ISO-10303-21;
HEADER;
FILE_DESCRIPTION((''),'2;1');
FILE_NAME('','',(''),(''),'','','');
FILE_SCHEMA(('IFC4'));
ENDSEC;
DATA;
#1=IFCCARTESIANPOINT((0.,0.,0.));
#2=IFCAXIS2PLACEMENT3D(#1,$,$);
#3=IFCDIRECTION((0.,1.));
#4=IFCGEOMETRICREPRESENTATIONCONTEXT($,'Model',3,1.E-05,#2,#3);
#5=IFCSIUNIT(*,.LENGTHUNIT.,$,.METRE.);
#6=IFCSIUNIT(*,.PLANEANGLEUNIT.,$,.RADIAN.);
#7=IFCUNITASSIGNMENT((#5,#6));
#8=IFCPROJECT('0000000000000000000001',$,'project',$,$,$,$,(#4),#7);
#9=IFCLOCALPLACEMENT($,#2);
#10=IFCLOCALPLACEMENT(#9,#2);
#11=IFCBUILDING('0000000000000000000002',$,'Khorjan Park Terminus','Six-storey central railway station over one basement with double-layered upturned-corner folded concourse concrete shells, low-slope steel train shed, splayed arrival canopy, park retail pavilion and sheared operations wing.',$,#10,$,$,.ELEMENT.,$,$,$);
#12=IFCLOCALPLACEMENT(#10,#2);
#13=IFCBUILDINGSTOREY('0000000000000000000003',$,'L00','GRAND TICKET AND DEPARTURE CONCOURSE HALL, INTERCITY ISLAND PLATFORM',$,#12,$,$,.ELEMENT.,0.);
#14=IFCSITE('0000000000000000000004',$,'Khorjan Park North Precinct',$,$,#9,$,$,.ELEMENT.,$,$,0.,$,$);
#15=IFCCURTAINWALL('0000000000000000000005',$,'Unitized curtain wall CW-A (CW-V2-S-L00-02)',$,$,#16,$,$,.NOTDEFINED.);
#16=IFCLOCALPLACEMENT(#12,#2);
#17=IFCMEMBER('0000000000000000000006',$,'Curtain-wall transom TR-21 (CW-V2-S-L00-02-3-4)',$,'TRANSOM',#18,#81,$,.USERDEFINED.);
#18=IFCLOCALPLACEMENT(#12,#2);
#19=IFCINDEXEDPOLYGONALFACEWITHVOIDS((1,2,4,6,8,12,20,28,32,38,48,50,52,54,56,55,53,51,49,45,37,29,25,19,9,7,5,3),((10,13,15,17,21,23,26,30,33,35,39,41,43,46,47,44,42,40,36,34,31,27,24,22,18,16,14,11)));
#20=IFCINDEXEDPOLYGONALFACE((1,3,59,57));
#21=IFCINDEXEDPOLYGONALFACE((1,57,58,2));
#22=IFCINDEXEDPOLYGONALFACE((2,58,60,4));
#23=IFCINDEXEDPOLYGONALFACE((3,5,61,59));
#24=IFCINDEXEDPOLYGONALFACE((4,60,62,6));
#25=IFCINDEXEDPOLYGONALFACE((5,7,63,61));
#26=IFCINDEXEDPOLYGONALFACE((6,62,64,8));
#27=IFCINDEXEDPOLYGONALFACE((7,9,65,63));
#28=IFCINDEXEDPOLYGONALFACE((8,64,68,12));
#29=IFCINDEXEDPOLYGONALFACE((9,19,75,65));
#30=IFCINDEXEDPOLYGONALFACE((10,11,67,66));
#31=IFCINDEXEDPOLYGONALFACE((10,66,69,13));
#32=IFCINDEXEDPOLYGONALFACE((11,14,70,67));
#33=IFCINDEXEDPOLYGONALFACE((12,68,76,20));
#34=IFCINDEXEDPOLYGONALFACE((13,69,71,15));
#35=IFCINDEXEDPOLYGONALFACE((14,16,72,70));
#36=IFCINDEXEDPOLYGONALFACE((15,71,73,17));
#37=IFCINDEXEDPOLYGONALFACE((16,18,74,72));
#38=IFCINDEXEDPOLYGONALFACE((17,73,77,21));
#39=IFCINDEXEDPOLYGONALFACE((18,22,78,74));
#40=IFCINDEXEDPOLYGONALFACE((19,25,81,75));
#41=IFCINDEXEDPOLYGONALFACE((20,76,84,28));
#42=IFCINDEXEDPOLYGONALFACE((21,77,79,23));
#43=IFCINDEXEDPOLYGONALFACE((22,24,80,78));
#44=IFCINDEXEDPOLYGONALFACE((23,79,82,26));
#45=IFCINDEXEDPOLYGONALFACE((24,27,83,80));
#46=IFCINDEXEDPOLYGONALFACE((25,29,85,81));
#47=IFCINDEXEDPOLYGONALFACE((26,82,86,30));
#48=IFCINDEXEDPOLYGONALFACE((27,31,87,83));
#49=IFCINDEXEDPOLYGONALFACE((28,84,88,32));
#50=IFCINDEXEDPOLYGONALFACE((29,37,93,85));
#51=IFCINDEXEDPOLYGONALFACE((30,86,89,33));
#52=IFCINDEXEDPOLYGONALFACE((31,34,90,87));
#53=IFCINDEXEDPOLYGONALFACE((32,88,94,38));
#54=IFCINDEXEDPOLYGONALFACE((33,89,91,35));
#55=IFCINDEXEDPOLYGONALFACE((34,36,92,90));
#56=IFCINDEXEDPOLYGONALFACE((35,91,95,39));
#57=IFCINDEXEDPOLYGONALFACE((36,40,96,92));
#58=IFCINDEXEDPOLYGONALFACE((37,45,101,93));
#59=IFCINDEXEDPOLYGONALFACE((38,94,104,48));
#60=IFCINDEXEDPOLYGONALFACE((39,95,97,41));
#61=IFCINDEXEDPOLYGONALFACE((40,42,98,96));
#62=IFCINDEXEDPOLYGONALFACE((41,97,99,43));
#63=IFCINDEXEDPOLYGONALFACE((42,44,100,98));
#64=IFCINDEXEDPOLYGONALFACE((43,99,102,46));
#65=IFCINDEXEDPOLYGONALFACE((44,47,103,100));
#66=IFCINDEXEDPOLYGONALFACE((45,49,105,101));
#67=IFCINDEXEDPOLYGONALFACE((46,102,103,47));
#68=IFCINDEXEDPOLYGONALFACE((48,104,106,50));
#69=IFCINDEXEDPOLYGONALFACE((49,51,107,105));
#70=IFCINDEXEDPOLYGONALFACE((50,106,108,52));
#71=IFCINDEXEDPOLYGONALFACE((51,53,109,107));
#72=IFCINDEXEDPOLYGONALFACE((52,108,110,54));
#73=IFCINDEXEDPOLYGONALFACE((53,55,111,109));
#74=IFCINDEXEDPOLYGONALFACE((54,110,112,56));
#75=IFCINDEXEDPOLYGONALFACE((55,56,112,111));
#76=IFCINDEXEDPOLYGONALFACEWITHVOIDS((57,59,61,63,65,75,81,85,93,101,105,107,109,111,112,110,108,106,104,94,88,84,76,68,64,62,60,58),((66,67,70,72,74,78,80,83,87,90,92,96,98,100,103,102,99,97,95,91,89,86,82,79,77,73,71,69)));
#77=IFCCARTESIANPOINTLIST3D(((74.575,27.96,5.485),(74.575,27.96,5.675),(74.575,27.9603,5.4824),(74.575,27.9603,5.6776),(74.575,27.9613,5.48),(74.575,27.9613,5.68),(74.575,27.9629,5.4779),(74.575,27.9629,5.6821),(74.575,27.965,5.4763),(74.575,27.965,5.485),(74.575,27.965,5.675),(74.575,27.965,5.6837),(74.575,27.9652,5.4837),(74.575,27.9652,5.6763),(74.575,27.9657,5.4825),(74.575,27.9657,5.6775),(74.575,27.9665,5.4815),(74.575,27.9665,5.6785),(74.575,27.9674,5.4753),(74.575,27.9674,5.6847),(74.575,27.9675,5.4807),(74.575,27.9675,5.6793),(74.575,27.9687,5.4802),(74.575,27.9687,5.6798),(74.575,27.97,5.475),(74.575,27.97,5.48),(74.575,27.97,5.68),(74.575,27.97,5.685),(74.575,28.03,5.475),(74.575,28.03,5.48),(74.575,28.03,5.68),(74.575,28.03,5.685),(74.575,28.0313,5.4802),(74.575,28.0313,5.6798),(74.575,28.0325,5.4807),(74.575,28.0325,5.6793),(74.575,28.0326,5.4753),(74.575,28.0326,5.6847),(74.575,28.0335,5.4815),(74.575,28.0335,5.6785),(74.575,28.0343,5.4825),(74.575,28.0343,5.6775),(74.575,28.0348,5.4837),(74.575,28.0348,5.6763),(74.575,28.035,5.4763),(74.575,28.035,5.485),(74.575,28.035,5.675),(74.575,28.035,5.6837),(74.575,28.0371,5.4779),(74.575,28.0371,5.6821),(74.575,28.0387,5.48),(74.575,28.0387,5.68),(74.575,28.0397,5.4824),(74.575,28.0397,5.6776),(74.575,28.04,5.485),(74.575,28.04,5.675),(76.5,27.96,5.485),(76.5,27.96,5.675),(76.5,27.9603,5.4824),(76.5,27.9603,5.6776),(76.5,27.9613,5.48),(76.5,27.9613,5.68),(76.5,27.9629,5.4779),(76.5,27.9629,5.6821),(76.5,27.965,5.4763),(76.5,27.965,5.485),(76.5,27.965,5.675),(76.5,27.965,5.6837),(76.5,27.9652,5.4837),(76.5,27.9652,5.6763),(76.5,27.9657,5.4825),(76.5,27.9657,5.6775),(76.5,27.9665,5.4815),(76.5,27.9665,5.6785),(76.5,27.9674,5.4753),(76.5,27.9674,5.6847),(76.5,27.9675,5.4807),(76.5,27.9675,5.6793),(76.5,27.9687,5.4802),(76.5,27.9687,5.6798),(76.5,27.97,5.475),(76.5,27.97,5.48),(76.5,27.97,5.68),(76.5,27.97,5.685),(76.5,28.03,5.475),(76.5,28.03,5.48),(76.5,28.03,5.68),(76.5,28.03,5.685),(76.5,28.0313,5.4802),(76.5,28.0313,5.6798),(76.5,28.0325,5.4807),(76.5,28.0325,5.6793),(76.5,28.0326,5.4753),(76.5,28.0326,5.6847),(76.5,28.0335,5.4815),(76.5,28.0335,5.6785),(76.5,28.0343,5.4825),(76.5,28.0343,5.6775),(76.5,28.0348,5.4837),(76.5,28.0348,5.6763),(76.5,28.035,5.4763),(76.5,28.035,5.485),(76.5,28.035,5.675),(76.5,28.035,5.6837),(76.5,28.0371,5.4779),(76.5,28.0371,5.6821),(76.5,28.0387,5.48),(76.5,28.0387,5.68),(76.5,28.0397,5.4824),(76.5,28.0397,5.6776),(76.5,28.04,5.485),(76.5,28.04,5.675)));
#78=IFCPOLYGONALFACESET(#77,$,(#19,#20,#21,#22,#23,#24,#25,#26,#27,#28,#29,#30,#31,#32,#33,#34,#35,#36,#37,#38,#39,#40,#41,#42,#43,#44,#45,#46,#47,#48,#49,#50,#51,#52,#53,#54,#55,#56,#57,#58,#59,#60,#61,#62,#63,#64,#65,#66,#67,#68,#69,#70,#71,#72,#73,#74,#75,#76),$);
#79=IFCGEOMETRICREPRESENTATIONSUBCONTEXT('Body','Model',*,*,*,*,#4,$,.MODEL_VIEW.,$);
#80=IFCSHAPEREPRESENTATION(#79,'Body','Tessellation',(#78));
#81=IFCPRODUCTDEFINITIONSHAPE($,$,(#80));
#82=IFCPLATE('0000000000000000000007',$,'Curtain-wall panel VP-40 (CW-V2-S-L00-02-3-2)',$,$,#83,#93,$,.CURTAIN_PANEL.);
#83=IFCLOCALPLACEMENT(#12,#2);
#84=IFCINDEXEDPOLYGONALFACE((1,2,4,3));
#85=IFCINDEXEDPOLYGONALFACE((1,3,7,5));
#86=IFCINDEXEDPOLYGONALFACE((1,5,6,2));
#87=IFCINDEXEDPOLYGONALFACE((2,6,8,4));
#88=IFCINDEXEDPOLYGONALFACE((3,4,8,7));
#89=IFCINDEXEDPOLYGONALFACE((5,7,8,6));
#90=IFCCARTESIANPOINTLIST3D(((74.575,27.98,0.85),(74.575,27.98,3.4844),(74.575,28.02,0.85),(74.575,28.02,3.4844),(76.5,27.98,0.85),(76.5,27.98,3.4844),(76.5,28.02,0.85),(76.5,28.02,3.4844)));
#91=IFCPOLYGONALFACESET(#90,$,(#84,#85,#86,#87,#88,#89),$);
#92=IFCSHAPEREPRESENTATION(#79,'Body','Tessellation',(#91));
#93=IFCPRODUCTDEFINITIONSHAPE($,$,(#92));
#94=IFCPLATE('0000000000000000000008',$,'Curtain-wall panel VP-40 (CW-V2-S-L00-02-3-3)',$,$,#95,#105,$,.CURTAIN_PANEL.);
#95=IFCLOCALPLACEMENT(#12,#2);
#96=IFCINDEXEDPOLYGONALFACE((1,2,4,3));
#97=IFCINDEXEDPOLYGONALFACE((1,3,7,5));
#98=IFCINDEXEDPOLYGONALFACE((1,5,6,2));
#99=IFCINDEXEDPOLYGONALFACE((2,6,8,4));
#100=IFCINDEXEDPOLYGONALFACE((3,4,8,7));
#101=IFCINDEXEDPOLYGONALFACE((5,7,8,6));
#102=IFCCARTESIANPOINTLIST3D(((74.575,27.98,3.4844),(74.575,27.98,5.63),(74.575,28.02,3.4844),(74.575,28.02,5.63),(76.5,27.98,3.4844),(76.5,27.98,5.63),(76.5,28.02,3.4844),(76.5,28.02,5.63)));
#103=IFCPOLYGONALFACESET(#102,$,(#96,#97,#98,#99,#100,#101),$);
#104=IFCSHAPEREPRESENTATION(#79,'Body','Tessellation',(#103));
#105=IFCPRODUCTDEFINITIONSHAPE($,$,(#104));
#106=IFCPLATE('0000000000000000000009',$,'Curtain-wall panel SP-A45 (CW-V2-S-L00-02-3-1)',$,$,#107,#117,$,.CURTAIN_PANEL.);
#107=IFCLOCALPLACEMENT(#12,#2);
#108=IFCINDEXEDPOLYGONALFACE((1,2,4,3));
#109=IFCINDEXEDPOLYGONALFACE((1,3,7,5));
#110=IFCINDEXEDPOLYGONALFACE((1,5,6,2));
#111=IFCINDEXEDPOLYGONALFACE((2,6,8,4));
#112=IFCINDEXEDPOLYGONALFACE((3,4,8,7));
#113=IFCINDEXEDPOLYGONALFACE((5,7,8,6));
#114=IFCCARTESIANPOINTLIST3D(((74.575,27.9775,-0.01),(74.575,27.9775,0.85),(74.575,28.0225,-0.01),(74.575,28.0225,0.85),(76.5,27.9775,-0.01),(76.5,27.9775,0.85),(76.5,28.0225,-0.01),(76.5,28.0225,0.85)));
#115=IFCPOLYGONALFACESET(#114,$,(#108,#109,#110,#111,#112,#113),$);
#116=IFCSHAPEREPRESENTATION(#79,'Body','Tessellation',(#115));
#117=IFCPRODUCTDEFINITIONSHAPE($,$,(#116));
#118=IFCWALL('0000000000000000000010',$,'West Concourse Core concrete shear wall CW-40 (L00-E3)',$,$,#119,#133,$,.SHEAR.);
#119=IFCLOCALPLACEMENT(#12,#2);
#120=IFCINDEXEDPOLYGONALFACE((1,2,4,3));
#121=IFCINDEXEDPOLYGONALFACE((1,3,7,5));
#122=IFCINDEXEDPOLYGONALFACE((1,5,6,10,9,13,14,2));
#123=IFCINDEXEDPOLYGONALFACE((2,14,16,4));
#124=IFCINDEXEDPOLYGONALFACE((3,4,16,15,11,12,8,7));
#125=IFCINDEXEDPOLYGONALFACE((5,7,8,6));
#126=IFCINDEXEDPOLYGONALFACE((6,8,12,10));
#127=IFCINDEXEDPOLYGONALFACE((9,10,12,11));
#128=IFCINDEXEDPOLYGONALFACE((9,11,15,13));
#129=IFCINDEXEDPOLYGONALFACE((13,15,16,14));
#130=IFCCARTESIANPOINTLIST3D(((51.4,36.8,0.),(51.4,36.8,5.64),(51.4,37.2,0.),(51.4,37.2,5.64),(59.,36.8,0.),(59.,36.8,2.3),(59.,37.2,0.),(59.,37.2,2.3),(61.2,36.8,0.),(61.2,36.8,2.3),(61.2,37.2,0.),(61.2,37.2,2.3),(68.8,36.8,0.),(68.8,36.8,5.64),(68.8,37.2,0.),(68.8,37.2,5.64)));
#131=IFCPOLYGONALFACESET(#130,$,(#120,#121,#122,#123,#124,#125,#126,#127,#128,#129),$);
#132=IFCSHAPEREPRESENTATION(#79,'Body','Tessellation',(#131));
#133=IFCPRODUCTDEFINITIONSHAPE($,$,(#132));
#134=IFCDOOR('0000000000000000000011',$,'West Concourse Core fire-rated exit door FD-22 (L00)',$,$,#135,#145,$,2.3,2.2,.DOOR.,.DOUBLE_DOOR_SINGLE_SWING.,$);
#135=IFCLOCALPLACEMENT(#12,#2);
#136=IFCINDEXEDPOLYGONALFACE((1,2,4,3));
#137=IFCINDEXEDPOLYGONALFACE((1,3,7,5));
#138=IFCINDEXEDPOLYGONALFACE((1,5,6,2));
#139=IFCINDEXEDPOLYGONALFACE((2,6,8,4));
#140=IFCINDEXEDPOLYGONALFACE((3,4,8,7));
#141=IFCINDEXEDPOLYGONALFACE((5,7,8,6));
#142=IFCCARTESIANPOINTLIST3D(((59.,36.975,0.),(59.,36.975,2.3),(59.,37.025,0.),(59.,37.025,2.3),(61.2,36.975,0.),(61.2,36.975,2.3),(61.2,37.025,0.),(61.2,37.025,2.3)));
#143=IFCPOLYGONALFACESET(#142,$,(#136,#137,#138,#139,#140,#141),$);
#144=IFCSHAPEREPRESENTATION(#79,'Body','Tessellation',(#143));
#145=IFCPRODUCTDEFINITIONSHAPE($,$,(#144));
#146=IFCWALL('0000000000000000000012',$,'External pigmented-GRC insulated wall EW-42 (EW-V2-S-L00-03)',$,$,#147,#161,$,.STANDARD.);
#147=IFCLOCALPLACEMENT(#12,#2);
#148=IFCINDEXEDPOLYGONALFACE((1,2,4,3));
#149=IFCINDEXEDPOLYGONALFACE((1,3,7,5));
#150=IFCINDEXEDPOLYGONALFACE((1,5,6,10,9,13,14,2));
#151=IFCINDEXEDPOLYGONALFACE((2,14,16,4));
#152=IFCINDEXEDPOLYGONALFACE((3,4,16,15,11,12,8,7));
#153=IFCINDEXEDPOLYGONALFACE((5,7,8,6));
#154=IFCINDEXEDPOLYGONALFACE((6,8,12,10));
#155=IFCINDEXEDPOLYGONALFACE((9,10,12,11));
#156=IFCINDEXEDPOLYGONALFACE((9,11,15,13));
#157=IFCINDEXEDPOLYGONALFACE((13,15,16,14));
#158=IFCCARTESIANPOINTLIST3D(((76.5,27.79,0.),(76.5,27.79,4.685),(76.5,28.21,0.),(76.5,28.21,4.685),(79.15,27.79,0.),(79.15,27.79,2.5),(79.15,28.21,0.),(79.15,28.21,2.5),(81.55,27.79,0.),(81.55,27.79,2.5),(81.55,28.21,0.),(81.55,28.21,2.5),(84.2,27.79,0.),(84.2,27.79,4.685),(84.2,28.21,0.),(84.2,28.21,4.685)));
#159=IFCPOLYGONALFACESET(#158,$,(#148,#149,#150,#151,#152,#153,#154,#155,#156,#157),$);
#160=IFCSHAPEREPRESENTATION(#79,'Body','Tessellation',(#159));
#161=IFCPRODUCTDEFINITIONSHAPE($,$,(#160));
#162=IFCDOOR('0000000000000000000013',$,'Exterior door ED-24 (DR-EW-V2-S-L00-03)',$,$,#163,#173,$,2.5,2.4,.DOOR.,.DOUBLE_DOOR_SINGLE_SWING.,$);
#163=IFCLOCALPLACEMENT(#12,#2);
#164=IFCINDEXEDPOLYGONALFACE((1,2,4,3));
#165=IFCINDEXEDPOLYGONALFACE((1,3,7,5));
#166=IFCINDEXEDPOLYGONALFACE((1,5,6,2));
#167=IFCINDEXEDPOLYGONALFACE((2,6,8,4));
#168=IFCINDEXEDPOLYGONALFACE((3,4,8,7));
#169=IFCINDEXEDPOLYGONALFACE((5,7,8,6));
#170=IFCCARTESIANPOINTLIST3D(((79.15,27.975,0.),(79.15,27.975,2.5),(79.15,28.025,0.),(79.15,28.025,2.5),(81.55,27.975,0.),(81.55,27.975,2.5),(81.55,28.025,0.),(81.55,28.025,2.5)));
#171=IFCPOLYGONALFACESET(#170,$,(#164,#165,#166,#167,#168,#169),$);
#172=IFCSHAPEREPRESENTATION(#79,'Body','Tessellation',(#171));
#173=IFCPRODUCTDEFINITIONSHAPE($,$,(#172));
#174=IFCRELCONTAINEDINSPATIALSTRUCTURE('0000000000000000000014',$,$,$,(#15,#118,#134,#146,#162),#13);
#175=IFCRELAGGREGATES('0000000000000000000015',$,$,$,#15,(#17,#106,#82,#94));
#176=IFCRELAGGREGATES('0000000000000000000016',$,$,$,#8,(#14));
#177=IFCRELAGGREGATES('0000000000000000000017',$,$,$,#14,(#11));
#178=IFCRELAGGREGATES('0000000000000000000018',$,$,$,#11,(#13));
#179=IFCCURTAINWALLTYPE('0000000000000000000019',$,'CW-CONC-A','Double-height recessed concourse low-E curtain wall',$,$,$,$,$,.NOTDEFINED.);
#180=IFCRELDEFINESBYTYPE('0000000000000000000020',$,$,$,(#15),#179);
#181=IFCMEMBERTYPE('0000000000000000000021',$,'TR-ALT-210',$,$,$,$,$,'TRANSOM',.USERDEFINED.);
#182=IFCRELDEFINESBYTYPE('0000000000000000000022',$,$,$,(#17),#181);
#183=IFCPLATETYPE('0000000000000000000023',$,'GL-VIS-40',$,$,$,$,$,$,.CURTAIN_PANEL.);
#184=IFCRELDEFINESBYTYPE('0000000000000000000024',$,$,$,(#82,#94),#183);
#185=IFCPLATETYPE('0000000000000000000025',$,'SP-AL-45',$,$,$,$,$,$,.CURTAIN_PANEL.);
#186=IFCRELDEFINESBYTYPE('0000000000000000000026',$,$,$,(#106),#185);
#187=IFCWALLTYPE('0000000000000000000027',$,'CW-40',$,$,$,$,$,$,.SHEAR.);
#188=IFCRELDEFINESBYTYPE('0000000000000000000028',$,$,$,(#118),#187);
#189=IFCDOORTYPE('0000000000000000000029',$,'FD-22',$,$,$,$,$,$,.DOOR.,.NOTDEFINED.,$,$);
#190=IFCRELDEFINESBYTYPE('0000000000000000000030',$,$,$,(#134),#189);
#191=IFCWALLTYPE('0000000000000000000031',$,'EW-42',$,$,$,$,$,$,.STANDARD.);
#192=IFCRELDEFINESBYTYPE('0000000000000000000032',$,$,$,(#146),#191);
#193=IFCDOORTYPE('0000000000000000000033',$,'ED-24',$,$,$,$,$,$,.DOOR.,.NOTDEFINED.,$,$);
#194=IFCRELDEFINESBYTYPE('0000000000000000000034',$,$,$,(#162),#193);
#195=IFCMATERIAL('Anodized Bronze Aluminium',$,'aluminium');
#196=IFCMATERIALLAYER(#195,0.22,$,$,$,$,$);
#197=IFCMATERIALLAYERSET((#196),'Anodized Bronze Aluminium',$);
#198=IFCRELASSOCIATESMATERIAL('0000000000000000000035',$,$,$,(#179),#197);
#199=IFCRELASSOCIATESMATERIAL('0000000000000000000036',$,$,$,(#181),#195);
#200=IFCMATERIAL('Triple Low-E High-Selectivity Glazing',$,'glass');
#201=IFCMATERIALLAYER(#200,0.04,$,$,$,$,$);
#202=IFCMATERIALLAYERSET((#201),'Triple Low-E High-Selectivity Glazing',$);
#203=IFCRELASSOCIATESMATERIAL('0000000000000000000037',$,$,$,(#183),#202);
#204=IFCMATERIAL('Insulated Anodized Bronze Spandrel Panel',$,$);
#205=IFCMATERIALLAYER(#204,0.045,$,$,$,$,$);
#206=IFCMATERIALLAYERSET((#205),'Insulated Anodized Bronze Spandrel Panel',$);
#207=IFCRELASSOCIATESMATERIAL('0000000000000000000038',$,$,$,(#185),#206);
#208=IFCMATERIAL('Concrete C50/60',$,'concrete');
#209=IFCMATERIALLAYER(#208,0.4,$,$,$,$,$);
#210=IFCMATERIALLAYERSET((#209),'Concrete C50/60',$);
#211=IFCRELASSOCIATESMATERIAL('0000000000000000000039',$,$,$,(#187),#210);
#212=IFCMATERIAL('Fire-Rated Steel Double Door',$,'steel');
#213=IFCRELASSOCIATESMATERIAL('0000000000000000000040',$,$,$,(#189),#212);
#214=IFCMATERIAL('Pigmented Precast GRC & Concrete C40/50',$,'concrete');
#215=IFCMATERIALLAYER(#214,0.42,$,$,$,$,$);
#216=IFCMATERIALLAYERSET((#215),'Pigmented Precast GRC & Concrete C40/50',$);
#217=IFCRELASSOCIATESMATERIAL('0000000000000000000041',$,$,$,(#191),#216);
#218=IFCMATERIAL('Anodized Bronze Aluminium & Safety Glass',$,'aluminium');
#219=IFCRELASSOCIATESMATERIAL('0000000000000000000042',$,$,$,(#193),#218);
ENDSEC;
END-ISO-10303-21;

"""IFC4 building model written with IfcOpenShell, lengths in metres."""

from ifc_helpers import new_model, si_unit, direction, frame, frame_2d, origin, origin_2d, place, context, subcontext, project, spatial, rectangle, hollow_rectangle, extrude, material, layer, layer_set, material_profile, profile_set, type_object, element, fill, aggregate, save


model = new_model("IFC4")

# Units and contexts
model_context = context("Model", 3, precision=1e-05, world=origin(), true_north=direction((0.0, 1.0)))
body_context = subcontext(model_context, "Body", "Model", "MODEL_VIEW")
ifc_project = project(units=[si_unit("LENGTHUNIT", "METRE"), si_unit("PLANEANGLEUNIT", "RADIAN")], contexts=[model_context])

# Site, building, storey
site_placement = place(None, origin())
site = spatial("IfcSite", under=ifc_project, at=site_placement, Name="Khorjan Park North Precinct", CompositionType="ELEMENT", RefElevation=0.0)
building_placement = place(site_placement, origin())
building = spatial("IfcBuilding", under=site, at=building_placement, Name="Khorjan Park Terminus", Description="Six-storey central railway station over one basement with double-layered upturned-corner folded concourse concrete shells, low-slope steel train shed, splayed arrival canopy, park retail pavilion and sheared operations wing.", CompositionType="ELEMENT")
storey_placement = place(building_placement, origin())
storey = spatial("IfcBuildingStorey", under=building, at=storey_placement, Name="L00", Description="GRAND TICKET AND DEPARTURE CONCOURSE HALL, INTERCITY ISLAND PLATFORM", CompositionType="ELEMENT", Elevation=0.0)

# Shared definitions
ifc_material_1 = material(Name="Concrete C50/60", Category="concrete")

# Curtain wall, member, plates
ifc_material_2 = material(Name="Anodized Bronze Aluminium", Category="aluminium")
ifc_layer_1 = layer(ifc_material_2, 0.22)
ifc_layer_set_1 = layer_set([ifc_layer_1], Name="Anodized Bronze Aluminium")
curtain_wall_type = type_object("IfcCurtainWallType", Name="CW-CONC-A", Description="Double-height recessed concourse low-E curtain wall", PredefinedType="NOTDEFINED", material=ifc_layer_set_1)
curtain_wall_placement = place(storey_placement, origin())
curtain_wall = element("IfcCurtainWall", 1, at=curtain_wall_placement, inside=storey, type_object=curtain_wall_type, Name="Unitized curtain wall CW-A (CW-V2-S-L00-02)", PredefinedType="NOTDEFINED")
ifc_material_profile_1 = material_profile(ifc_material_2, hollow_rectangle(XDim=0.08, YDim=0.21, WallThickness=0.005, InnerFilletRadius=0.005, OuterFilletRadius=0.01, at=origin_2d()), Name="ALT 80x210x5")
ifc_profile_set_1 = profile_set([ifc_material_profile_1], Name="Anodized Bronze Aluminium")
member_type_1 = type_object("IfcMemberType", Name="TR-ALT-210", ElementType="TRANSOM", PredefinedType="USERDEFINED", material=ifc_profile_set_1)
member_1_placement = place(storey_placement, frame((74.575, 28.0, 5.58), z_axis=(1.0, 0.0, 0.0), x_axis=(0.0, 1.0, 0.0)))
member_1 = element("IfcMember", 2, at=member_1_placement, type_object=member_type_1, Name="Curtain-wall transom TR-21 (CW-V2-S-L00-02-3-4)", ObjectType="TRANSOM", PredefinedType="USERDEFINED", context=body_context, shape_type="SweptSolid", body=[
    extrude(hollow_rectangle(XDim=0.08, YDim=0.21, WallThickness=0.005, InnerFilletRadius=0.005, OuterFilletRadius=0.01, at=origin_2d()), origin(), (0.0, 0.0, 1.0), 1.925),
])
ifc_material_3 = material(Name="Triple Low-E High-Selectivity Glazing", Category="glass")
ifc_layer_2 = layer(ifc_material_3, 0.04)
ifc_layer_set_2 = layer_set([ifc_layer_2], Name="Triple Low-E High-Selectivity Glazing")
plate_type_1 = type_object("IfcPlateType", Name="GL-VIS-40", PredefinedType="CURTAIN_PANEL", material=ifc_layer_set_2)
plate_1_placement = place(storey_placement, frame((75.5375, 28.0, 0.85), z_axis=(0.0, 0.0, 1.0), x_axis=(1.0, 0.0, 0.0)))
plate_1 = element("IfcPlate", 3, at=plate_1_placement, type_object=plate_type_1, Name="Curtain-wall panel VP-40 (CW-V2-S-L00-02-3-2)", PredefinedType="CURTAIN_PANEL", context=body_context, shape_type="SweptSolid", body=[
    extrude(rectangle(XDim=1.925, YDim=0.04, at=origin_2d()), origin(), (0.0, 0.0, 1.0), 2.6344),
])
plate_2_placement = place(storey_placement, frame((75.5375, 28.0, 3.4844), z_axis=(0.0, 0.0, 1.0), x_axis=(1.0, 0.0, 0.0)))
plate_2 = element("IfcPlate", 4, at=plate_2_placement, type_object=plate_type_1, Name="Curtain-wall panel VP-40 (CW-V2-S-L00-02-3-3)", PredefinedType="CURTAIN_PANEL", context=body_context, shape_type="SweptSolid", body=[
    extrude(rectangle(XDim=1.925, YDim=0.04, at=origin_2d()), origin(), (0.0, 0.0, 1.0), 2.1456),
])
ifc_material_4 = material(Name="Insulated Anodized Bronze Spandrel Panel")
ifc_layer_3 = layer(ifc_material_4, 0.045)
ifc_layer_set_3 = layer_set([ifc_layer_3], Name="Insulated Anodized Bronze Spandrel Panel")
plate_type_2 = type_object("IfcPlateType", Name="SP-AL-45", PredefinedType="CURTAIN_PANEL", material=ifc_layer_set_3)
plate_3_placement = place(storey_placement, frame((75.5375, 28.0, -0.01), z_axis=(0.0, 0.0, 1.0), x_axis=(1.0, 0.0, 0.0)))
plate_3 = element("IfcPlate", 5, at=plate_3_placement, type_object=plate_type_2, Name="Curtain-wall panel SP-A45 (CW-V2-S-L00-02-3-1)", PredefinedType="CURTAIN_PANEL", context=body_context, shape_type="SweptSolid", body=[
    extrude(rectangle(XDim=1.925, YDim=0.045, at=origin_2d()), origin(), (0.0, 0.0, 1.0), 0.86),
])
aggregate(curtain_wall, [member_1, plate_3, plate_1, plate_2])

# Walls, openings, doors
ifc_layer_4 = layer(ifc_material_1, 0.4)
ifc_layer_set_4 = layer_set([ifc_layer_4], Name="Concrete C50/60")
wall_type_1 = type_object("IfcWallType", Name="CW-40", PredefinedType="SHEAR", material=ifc_layer_set_4)
wall_1_placement = place(storey_placement, frame((68.8, 37.0, 0.0), z_axis=(0.0, 0.0, 1.0), x_axis=(-1.0, 0.0, 0.0)))
wall_1 = element("IfcWall", 6, at=wall_1_placement, inside=storey, type_object=wall_type_1, Name="West Concourse Core concrete shear wall CW-40 (L00-E3)", PredefinedType="SHEAR", context=body_context, shape_type="SweptSolid", body=[
    extrude(rectangle(XDim=17.4, YDim=0.4, at=frame_2d((8.7, 0.0))), origin(), (0.0, 0.0, 1.0), 5.64),
])
opening_1_placement = place(wall_1_placement, frame((7.6, 0.0, 0.0)))
opening_1 = element("IfcOpeningElement", 7, at=opening_1_placement, cuts=wall_1, PredefinedType="OPENING", context=body_context, shape_type="SweptSolid", body=[
    extrude(rectangle(XDim=2.2, YDim=2.3, at=frame_2d((1.1, 1.15))), frame((0.0, 0.21, 0.0), z_axis=(0.0, -1.0, 0.0), x_axis=(1.0, 0.0, 0.0)), (0.0, 0.0, 1.0), 0.42),
])
ifc_material_5 = material(Name="Fire-Rated Steel Double Door", Category="steel")
door_type_1 = type_object("IfcDoorType", Name="FD-22", OperationType="NOTDEFINED", PredefinedType="DOOR", material=ifc_material_5)
door_1_placement = place(opening_1_placement, origin())
door_1 = element("IfcDoor", 8, at=door_1_placement, inside=storey, type_object=door_type_1, Name="West Concourse Core fire-rated exit door FD-22 (L00)", OperationType="DOUBLE_DOOR_SINGLE_SWING", OverallHeight=2.3, OverallWidth=2.2, PredefinedType="DOOR", context=body_context, shape_type="SweptSolid", body=[
    extrude(rectangle(XDim=2.2, YDim=2.3, at=frame_2d((1.1, 1.15))), frame((0.0, 0.025, 0.0), z_axis=(0.0, -1.0, 0.0), x_axis=(1.0, 0.0, 0.0)), (0.0, 0.0, 1.0), 0.05),
])
fill(opening_1, door_1)
ifc_material_6 = material(Name="Pigmented Precast GRC & Concrete C40/50", Category="concrete")
ifc_layer_5 = layer(ifc_material_6, 0.42)
ifc_layer_set_5 = layer_set([ifc_layer_5], Name="Pigmented Precast GRC & Concrete C40/50")
wall_type_2 = type_object("IfcWallType", Name="EW-42", PredefinedType="STANDARD", material=ifc_layer_set_5)
wall_2_placement = place(storey_placement, frame((76.5, 28.0, 0.0), z_axis=(0.0, 0.0, 1.0), x_axis=(1.0, 0.0, 0.0)))
wall_2 = element("IfcWall", 9, at=wall_2_placement, inside=storey, type_object=wall_type_2, Name="External pigmented-GRC insulated wall EW-42 (EW-V2-S-L00-03)", PredefinedType="STANDARD", context=body_context, shape_type="SweptSolid", body=[
    extrude(rectangle(XDim=7.7, YDim=0.42, at=frame_2d((3.85, 0.0))), origin(), (0.0, 0.0, 1.0), 4.685),
])
opening_2_placement = place(wall_2_placement, frame((2.65, 0.0, 0.0)))
opening_2 = element("IfcOpeningElement", 10, at=opening_2_placement, cuts=wall_2, PredefinedType="OPENING", context=body_context, shape_type="SweptSolid", body=[
    extrude(rectangle(XDim=2.4, YDim=2.5, at=frame_2d((1.2, 1.25))), frame((0.0, 0.22, 0.0), z_axis=(0.0, -1.0, 0.0), x_axis=(1.0, 0.0, 0.0)), (0.0, 0.0, 1.0), 0.44),
])
ifc_material_7 = material(Name="Anodized Bronze Aluminium & Safety Glass", Category="aluminium")
door_type_2 = type_object("IfcDoorType", Name="ED-24", OperationType="NOTDEFINED", PredefinedType="DOOR", material=ifc_material_7)
door_2_placement = place(opening_2_placement, origin())
door_2 = element("IfcDoor", 11, at=door_2_placement, inside=storey, type_object=door_type_2, Name="Exterior door ED-24 (DR-EW-V2-S-L00-03)", OperationType="DOUBLE_DOOR_SINGLE_SWING", OverallHeight=2.5, OverallWidth=2.4, PredefinedType="DOOR", context=body_context, shape_type="SweptSolid", body=[
    extrude(rectangle(XDim=2.4, YDim=2.5, at=frame_2d((1.2, 1.25))), frame((0.0, 0.025, 0.0), z_axis=(0.0, -1.0, 0.0), x_axis=(1.0, 0.0, 0.0)), (0.0, 0.0, 1.0), 0.05),
])
fill(opening_2, door_2)

save(model, "model.ifc")
